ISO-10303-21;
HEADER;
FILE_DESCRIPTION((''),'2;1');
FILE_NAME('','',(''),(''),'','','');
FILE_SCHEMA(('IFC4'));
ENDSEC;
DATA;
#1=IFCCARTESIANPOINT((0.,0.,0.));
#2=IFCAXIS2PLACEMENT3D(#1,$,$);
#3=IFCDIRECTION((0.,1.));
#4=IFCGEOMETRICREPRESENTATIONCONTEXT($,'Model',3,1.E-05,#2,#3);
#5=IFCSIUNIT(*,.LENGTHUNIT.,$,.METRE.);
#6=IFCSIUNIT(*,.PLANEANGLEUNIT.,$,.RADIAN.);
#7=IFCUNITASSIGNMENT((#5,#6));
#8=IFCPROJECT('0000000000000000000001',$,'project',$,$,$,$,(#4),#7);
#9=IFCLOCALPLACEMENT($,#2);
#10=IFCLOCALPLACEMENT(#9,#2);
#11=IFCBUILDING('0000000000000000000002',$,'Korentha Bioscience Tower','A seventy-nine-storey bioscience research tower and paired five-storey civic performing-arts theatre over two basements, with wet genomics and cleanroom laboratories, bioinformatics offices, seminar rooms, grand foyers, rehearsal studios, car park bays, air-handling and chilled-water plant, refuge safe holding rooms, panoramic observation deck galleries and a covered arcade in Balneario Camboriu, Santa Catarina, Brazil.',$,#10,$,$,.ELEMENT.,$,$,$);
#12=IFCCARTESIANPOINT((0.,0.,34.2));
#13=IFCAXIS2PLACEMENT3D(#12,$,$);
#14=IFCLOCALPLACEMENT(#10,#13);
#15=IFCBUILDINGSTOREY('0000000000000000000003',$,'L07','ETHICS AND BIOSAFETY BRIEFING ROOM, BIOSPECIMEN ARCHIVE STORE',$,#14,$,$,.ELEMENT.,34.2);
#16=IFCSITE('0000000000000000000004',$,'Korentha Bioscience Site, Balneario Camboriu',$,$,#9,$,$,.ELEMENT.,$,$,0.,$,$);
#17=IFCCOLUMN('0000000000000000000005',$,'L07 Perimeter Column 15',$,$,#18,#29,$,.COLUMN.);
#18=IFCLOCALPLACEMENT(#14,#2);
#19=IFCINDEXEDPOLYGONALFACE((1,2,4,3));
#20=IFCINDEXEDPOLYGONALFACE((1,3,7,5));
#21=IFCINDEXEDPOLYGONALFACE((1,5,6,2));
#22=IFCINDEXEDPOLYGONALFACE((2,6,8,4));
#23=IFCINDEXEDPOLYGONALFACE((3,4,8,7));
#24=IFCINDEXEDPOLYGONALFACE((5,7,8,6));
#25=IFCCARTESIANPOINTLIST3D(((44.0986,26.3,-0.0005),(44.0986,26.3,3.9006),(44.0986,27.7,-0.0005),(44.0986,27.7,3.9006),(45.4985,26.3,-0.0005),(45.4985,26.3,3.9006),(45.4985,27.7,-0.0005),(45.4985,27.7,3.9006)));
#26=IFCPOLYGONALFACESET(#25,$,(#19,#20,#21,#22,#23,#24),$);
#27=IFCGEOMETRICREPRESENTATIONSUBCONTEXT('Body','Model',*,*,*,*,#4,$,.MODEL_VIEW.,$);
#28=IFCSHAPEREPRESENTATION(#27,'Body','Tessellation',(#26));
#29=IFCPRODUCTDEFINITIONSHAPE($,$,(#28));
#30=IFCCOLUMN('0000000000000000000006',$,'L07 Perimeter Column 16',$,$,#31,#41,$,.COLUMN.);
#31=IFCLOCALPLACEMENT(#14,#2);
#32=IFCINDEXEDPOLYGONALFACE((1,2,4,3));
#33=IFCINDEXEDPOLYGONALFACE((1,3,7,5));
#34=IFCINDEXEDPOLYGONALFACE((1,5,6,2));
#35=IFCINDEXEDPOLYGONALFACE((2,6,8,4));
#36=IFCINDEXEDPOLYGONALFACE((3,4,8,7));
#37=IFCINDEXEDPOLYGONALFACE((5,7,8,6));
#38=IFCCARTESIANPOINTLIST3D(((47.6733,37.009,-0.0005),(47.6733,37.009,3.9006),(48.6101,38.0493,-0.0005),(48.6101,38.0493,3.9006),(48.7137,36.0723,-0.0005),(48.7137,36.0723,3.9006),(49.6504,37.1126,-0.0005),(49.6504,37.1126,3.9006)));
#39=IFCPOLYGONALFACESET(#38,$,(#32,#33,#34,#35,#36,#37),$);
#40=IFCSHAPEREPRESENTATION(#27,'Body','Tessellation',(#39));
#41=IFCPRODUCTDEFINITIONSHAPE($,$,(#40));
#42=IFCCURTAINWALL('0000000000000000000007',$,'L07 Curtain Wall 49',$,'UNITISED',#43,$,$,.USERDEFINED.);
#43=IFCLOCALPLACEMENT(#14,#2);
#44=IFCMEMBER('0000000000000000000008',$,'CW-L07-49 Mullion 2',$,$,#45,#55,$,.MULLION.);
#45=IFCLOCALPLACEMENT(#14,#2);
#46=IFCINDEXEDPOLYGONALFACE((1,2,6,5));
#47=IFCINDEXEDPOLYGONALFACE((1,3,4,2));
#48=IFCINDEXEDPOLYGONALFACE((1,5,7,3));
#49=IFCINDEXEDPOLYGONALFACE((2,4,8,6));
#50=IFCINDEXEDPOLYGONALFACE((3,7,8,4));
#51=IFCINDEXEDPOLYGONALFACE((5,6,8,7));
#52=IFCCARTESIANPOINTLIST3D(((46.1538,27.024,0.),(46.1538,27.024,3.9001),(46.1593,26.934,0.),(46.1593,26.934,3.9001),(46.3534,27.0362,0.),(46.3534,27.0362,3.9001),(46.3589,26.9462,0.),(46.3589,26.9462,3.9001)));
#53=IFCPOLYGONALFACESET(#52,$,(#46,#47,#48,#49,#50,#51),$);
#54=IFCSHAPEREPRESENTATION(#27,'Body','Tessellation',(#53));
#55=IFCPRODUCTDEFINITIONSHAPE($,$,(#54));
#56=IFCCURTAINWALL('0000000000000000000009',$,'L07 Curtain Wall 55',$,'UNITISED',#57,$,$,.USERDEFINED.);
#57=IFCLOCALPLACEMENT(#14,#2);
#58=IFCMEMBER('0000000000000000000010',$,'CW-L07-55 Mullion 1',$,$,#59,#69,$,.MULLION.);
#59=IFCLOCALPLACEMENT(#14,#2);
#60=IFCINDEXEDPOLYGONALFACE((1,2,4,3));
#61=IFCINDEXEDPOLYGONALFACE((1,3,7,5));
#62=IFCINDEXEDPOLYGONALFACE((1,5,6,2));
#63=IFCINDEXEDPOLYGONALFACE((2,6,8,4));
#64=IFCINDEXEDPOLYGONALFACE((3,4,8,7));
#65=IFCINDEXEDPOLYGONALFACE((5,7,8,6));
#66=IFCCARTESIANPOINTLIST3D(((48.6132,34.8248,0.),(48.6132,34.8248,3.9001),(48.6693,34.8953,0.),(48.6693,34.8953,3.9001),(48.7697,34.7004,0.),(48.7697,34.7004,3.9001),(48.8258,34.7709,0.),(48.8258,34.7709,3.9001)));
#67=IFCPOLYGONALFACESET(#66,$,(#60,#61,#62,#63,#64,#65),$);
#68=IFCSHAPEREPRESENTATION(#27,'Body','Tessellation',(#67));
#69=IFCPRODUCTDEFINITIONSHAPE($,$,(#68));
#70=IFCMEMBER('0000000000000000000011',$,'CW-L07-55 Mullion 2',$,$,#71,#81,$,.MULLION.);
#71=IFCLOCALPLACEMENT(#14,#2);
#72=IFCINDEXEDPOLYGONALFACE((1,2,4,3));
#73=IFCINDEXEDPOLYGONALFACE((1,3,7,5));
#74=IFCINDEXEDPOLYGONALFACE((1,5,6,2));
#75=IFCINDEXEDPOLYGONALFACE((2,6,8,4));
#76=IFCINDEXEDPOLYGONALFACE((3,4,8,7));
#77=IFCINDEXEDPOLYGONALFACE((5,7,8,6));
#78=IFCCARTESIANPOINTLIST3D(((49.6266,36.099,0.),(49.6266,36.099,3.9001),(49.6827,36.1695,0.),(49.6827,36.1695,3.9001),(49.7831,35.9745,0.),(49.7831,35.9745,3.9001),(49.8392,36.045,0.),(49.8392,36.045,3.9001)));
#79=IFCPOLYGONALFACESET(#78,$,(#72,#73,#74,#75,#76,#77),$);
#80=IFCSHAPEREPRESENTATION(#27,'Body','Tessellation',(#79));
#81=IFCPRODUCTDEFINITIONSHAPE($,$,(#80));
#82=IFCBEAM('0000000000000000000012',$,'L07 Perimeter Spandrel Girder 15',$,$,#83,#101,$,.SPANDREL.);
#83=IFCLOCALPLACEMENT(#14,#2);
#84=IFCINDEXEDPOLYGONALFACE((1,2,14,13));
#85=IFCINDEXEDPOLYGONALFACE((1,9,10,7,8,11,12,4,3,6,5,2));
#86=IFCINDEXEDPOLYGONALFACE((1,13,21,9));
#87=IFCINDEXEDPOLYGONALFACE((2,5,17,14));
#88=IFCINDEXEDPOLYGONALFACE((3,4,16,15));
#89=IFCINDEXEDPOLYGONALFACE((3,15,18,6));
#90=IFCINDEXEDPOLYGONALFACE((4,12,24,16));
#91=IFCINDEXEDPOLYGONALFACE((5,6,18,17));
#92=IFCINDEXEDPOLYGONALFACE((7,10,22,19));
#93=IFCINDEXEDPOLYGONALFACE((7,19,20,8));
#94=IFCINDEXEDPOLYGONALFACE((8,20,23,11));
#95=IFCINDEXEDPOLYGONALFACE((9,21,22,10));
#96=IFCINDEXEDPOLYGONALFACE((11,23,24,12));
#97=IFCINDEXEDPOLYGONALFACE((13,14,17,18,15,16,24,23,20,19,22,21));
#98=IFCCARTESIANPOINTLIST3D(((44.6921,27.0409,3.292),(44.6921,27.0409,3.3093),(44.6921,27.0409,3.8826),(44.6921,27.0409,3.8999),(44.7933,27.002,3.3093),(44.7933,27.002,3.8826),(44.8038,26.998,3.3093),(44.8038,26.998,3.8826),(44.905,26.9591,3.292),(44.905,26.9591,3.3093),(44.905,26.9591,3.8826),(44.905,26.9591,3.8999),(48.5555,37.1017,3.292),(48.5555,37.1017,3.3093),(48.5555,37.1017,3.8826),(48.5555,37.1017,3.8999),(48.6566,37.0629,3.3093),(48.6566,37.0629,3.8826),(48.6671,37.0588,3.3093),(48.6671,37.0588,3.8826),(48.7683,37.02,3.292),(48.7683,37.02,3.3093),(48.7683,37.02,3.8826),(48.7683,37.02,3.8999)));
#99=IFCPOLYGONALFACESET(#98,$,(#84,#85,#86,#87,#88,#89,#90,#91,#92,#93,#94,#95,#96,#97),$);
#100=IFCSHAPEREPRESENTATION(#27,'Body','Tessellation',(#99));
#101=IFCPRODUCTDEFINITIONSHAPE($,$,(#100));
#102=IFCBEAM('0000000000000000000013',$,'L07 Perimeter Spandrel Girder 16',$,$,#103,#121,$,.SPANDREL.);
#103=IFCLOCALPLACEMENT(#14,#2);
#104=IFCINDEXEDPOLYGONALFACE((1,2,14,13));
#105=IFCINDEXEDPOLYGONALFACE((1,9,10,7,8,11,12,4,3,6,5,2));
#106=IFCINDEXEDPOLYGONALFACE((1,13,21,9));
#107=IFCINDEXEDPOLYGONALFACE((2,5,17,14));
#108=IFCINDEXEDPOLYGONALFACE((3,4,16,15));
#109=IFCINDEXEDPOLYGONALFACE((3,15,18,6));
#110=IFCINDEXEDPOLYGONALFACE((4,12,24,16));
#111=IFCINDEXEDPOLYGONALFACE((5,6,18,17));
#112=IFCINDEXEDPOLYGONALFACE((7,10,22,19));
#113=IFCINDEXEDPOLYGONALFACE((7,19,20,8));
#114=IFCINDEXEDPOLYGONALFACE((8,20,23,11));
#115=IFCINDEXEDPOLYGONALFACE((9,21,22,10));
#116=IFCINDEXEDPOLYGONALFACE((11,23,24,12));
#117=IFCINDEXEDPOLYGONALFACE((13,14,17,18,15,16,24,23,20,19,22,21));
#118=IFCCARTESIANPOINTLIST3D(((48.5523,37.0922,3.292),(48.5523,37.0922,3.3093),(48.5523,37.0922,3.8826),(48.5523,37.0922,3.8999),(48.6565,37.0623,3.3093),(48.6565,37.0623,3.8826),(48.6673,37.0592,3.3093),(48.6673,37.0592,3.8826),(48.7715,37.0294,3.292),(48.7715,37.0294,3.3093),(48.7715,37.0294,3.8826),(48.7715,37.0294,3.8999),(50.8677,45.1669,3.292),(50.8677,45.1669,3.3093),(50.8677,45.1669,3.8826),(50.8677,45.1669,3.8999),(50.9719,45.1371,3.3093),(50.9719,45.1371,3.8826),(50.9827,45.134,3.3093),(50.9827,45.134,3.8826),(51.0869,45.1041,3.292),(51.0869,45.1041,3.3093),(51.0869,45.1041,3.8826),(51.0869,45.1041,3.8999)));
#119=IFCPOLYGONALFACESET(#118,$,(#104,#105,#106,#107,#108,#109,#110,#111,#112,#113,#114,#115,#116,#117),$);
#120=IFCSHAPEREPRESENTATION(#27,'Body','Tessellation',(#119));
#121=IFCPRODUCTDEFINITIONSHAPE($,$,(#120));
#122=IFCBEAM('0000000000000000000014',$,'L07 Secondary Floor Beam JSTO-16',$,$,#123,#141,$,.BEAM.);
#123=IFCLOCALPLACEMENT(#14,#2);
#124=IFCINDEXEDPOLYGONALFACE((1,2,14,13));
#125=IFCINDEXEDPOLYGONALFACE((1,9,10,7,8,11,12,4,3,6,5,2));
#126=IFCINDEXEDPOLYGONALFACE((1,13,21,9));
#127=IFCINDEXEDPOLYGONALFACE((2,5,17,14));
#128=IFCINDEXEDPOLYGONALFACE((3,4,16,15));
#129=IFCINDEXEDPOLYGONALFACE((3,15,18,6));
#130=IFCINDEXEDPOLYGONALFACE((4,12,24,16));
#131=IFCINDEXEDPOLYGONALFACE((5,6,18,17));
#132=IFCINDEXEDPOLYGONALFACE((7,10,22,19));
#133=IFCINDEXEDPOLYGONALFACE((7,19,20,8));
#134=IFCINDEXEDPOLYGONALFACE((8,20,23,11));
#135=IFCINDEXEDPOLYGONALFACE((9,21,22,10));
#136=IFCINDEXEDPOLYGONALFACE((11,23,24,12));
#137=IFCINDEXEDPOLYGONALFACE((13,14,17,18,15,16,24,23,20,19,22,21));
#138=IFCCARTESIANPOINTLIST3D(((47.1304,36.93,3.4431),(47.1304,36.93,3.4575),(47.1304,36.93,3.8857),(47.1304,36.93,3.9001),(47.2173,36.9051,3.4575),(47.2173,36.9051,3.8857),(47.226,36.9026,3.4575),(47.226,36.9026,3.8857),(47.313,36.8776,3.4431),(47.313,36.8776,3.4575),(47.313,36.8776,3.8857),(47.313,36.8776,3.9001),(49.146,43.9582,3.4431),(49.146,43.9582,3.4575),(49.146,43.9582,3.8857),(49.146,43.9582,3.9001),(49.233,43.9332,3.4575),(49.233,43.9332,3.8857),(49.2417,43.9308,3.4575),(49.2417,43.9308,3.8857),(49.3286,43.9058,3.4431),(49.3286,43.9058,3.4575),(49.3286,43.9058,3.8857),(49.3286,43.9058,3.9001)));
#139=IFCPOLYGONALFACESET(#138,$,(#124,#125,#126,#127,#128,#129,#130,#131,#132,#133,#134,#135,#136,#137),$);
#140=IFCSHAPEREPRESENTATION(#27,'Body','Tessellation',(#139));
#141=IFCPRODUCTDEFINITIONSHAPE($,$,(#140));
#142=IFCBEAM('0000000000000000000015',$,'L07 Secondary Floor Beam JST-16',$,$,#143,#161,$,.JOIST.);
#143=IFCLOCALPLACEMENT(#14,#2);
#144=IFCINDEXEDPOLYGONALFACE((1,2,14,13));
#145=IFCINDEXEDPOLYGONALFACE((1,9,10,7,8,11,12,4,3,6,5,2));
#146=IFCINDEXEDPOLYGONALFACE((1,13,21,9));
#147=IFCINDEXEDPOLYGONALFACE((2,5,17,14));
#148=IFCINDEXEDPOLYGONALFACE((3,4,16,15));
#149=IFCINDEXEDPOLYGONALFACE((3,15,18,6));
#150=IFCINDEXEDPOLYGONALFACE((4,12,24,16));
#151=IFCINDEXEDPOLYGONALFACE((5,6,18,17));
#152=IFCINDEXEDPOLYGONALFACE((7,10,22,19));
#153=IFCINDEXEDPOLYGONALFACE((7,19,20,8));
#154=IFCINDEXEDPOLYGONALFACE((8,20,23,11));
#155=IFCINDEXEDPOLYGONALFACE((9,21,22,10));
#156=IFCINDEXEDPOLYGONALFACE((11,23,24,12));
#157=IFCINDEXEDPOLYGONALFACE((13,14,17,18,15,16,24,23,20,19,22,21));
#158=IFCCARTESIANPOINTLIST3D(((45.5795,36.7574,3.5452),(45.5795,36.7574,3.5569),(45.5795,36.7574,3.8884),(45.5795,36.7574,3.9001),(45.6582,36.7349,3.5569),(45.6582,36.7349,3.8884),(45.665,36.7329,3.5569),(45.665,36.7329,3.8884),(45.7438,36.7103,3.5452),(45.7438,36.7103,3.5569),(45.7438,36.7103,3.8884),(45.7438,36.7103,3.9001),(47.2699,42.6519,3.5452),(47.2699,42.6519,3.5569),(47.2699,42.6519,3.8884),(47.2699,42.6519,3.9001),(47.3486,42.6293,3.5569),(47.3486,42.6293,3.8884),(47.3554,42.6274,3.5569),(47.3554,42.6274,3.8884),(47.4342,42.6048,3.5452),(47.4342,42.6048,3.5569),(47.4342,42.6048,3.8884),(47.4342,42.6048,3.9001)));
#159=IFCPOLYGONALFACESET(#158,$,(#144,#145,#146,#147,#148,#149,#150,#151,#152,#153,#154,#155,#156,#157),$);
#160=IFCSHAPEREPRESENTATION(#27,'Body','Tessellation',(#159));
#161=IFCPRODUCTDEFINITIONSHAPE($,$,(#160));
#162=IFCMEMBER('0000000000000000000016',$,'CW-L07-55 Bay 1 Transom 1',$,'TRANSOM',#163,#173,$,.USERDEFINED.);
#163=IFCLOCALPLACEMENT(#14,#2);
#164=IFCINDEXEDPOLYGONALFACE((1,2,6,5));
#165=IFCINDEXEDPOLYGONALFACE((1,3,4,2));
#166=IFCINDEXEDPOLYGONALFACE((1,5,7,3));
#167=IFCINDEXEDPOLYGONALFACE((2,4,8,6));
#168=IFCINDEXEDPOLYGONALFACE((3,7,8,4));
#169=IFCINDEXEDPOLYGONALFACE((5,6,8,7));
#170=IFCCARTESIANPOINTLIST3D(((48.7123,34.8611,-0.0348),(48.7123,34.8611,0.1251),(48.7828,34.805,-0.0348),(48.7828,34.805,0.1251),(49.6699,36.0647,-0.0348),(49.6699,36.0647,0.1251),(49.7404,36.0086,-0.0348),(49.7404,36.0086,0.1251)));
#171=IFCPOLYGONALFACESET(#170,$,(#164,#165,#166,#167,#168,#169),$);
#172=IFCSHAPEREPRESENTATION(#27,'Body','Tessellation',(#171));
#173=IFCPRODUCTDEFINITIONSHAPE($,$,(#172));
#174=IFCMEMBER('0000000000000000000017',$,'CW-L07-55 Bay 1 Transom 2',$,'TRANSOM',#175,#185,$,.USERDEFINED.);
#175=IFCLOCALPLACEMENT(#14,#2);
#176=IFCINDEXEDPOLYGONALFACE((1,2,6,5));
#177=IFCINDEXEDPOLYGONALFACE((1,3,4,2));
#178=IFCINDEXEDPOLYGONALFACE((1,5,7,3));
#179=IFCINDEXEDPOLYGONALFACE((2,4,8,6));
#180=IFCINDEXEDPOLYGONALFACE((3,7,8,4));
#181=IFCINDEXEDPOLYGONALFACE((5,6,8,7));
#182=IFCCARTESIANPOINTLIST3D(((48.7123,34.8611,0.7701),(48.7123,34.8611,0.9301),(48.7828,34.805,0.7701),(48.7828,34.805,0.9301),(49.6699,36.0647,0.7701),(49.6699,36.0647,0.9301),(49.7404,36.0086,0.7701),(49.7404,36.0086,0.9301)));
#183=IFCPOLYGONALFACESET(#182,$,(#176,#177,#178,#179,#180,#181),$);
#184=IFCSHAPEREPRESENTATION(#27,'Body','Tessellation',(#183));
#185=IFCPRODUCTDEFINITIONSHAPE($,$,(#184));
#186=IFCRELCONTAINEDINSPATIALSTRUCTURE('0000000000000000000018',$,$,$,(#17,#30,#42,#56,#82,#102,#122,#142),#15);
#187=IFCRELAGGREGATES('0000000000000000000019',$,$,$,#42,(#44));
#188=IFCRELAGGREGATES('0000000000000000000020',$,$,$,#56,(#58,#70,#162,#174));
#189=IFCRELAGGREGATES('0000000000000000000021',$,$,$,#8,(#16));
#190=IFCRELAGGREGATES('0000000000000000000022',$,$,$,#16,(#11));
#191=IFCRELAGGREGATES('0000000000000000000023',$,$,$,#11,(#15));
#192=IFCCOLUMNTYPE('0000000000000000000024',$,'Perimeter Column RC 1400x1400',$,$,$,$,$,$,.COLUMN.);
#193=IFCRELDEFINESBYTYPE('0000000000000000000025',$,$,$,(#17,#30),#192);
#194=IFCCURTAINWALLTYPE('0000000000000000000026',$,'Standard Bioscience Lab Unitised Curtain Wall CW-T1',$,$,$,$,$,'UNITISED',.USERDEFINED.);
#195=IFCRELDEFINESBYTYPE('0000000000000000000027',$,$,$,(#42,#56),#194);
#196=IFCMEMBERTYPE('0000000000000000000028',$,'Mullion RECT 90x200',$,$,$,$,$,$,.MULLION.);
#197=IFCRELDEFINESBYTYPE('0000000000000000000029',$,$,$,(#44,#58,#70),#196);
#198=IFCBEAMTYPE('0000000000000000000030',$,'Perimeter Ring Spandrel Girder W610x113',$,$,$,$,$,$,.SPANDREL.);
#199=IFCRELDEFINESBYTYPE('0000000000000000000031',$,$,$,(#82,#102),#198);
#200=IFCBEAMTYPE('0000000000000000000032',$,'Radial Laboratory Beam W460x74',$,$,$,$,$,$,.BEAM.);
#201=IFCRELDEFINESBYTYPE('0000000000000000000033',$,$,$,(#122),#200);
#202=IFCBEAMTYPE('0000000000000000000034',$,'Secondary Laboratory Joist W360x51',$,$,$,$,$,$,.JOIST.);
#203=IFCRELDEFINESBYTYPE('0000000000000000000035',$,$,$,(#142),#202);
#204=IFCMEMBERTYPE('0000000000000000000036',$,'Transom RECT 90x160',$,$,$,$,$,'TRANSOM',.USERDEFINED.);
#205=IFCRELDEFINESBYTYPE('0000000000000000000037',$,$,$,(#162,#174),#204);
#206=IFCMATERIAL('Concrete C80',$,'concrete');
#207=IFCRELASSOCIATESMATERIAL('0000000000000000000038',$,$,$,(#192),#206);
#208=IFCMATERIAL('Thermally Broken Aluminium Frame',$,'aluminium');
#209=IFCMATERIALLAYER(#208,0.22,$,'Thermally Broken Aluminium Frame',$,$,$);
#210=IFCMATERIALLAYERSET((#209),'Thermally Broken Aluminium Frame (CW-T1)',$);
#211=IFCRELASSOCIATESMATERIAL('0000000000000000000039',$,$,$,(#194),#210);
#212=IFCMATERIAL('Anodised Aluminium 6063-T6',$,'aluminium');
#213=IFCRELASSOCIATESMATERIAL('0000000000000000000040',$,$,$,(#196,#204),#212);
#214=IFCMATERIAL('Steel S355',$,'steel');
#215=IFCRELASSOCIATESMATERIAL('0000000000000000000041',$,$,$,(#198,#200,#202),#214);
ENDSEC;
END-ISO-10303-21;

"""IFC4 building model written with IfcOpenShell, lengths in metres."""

from ifc_helpers import new_model, si_unit, direction, frame, origin, origin_2d, place, context, subcontext, project, spatial, rectangle, i_section, extrude, material, layer, layer_set, material_profile, profile_set, type_object, element, aggregate, save


model = new_model("IFC4")

# Units and contexts
model_context = context("Model", 3, precision=1e-05, world=origin(), true_north=direction((0.0, 1.0)))
body_context = subcontext(model_context, "Body", "Model", "MODEL_VIEW")
ifc_project = project(units=[si_unit("LENGTHUNIT", "METRE"), si_unit("PLANEANGLEUNIT", "RADIAN")], contexts=[model_context])

# Site, building, storey
site_placement = place(None, origin())
site = spatial("IfcSite", under=ifc_project, at=site_placement, Name="Korentha Bioscience Site, Balneario Camboriu", CompositionType="ELEMENT", RefElevation=0.0)
building_placement = place(site_placement, origin())
building = spatial("IfcBuilding", under=site, at=building_placement, Name="Korentha Bioscience Tower", Description="A seventy-nine-storey bioscience research tower and paired five-storey civic performing-arts theatre over two basements, with wet genomics and cleanroom laboratories, bioinformatics offices, seminar rooms, grand foyers, rehearsal studios, car park bays, air-handling and chilled-water plant, refuge safe holding rooms, panoramic observation deck galleries and a covered arcade in Balneario Camboriu, Santa Catarina, Brazil.", CompositionType="ELEMENT")
storey_placement = place(building_placement, frame((0.0, 0.0, 34.2)))
storey = spatial("IfcBuildingStorey", under=building, at=storey_placement, Name="L07", Description="ETHICS AND BIOSAFETY BRIEFING ROOM, BIOSPECIMEN ARCHIVE STORE", CompositionType="ELEMENT", Elevation=34.2)

# Columns
ifc_material_1 = material(Name="Concrete C80", Category="concrete")
ifc_material_profile_1 = material_profile(ifc_material_1, rectangle(XDim=1.3999, YDim=1.3999, at=origin_2d()), Name="Concrete C80")
ifc_profile_set_1 = profile_set([ifc_material_profile_1], Name="Concrete C80 (COL-P14)")
column_type = type_object("IfcColumnType", Name="Perimeter Column RC 1400x1400", PredefinedType="COLUMN", material=ifc_profile_set_1)
for number, where, z_axis, x_axis, name in (
    (1, (44.7986, 27.0, -0.0005), (0.0, 0.0, 1.0), (0.0, 1.0, 0.0), "L07 Perimeter Column 15"),
    (2, (48.6619, 37.0608, -0.0005), (0.0, 0.0, 1.0), (0.669131, 0.743145, 0.0), "L07 Perimeter Column 16"),
):
    element("IfcColumn", number, at=place(storey_placement, frame(where, z_axis=z_axis, x_axis=x_axis)), inside=storey, type_object=column_type, Name=name, PredefinedType="COLUMN", context=body_context, shape_type="SweptSolid", body=[
        extrude(rectangle(XDim=1.3999, YDim=1.3999, at=origin_2d()), origin(), (0.0, 0.0, 1.0), 3.9011),
    ])

# Curtain wall, member
ifc_material_2 = material(Name="Thermally Broken Aluminium Frame", Category="aluminium")
ifc_layer_1 = layer(ifc_material_2, 0.22, Name="Thermally Broken Aluminium Frame")
ifc_layer_set_1 = layer_set([ifc_layer_1], Name="Thermally Broken Aluminium Frame (CW-T1)")
curtain_wall_type = type_object("IfcCurtainWallType", Name="Standard Bioscience Lab Unitised Curtain Wall CW-T1", ElementType="UNITISED", PredefinedType="USERDEFINED", material=ifc_layer_set_1)
curtain_wall_1_placement = place(storey_placement, origin())
curtain_wall_1 = element("IfcCurtainWall", 3, at=curtain_wall_1_placement, inside=storey, type_object=curtain_wall_type, Name="L07 Curtain Wall 49", ObjectType="UNITISED", PredefinedType="USERDEFINED")
ifc_material_3 = material(Name="Anodised Aluminium 6063-T6", Category="aluminium")
ifc_material_profile_2 = material_profile(ifc_material_3, rectangle(XDim=0.0901, YDim=0.2, at=origin_2d()), Name="Anodised Aluminium 6063-T6")
ifc_profile_set_2 = profile_set([ifc_material_profile_2], Name="Anodised Aluminium 6063-T6 (CW-MUL)")
member_type_1 = type_object("IfcMemberType", Name="Mullion RECT 90x200", PredefinedType="MULLION", material=ifc_profile_set_2)
member_1_placement = place(storey_placement, frame((46.2563, 26.9851, 0.0), z_axis=(0.0, 0.0, 1.0), x_axis=(-0.061008, 0.998137, 0.0)))
member_1 = element("IfcMember", 4, at=member_1_placement, type_object=member_type_1, Name="CW-L07-49 Mullion 2", PredefinedType="MULLION", context=body_context, shape_type="SweptSolid", body=[
    extrude(rectangle(XDim=0.0901, YDim=0.2, at=origin_2d()), origin(), (0.0, 0.0, 1.0), 3.9001),
])
aggregate(curtain_wall_1, [member_1])

# Curtain wall, members
curtain_wall_2_placement = place(storey_placement, origin())
curtain_wall_2 = element("IfcCurtainWall", 5, at=curtain_wall_2_placement, inside=storey, type_object=curtain_wall_type, Name="L07 Curtain Wall 55", ObjectType="UNITISED", PredefinedType="USERDEFINED")
member_2_placement = place(storey_placement, frame((48.7195, 34.7979, 0.0), z_axis=(0.0, 0.0, 1.0), x_axis=(0.62252, 0.782604, 0.0)))
member_2 = element("IfcMember", 6, at=member_2_placement, type_object=member_type_1, Name="CW-L07-55 Mullion 1", PredefinedType="MULLION", context=body_context, shape_type="SweptSolid", body=[
    extrude(rectangle(XDim=0.0901, YDim=0.2, at=origin_2d()), origin(), (0.0, 0.0, 1.0), 3.9001),
])
member_3_placement = place(storey_placement, frame((49.7329, 36.072, 0.0), z_axis=(0.0, 0.0, 1.0), x_axis=(0.62252, 0.782604, 0.0)))
member_3 = element("IfcMember", 7, at=member_3_placement, type_object=member_type_1, Name="CW-L07-55 Mullion 2", PredefinedType="MULLION", context=body_context, shape_type="SweptSolid", body=[
    extrude(rectangle(XDim=0.0901, YDim=0.2, at=origin_2d()), origin(), (0.0, 0.0, 1.0), 3.9001),
])

# Beams
ifc_material_4 = material(Name="Steel S355", Category="steel")
ifc_material_profile_3 = material_profile(ifc_material_4, i_section(OverallWidth=0.228, OverallDepth=0.6079, WebThickness=0.0112, FlangeThickness=0.0173, at=origin_2d()), Name="Steel S355")
ifc_profile_set_3 = profile_set([ifc_material_profile_3], Name="Steel S355 (SB-610)")
beam_type_1 = type_object("IfcBeamType", Name="Perimeter Ring Spandrel Girder W610x113", PredefinedType="SPANDREL", material=ifc_profile_set_3)
beam_1_placement = place(storey_placement, frame((44.7986, 27.0, 3.5959), z_axis=(0.358474, 0.93354, 0.0), x_axis=(-0.93354, 0.358474, 0.0)))
element("IfcBeam", 8, at=beam_1_placement, inside=storey, type_object=beam_type_1, Name="L07 Perimeter Spandrel Girder 15", PredefinedType="SPANDREL", context=body_context, shape_type="SweptSolid", body=[
    extrude(i_section(OverallWidth=0.228, OverallDepth=0.6079, WebThickness=0.0112, FlangeThickness=0.0173, at=origin_2d()), origin(), (0.0, 0.0, 1.0), 10.7771),
])
beam_2_placement = place(storey_placement, frame((48.6619, 37.0608, 3.5959), z_axis=(0.275642, 0.96126, 0.0), x_axis=(-0.96126, 0.275642, 0.0)))
element("IfcBeam", 9, at=beam_2_placement, inside=storey, type_object=beam_type_1, Name="L07 Perimeter Spandrel Girder 16", PredefinedType="SPANDREL", context=body_context, shape_type="SweptSolid", body=[
    extrude(i_section(OverallWidth=0.228, OverallDepth=0.6079, WebThickness=0.0112, FlangeThickness=0.0173, at=origin_2d()), origin(), (0.0, 0.0, 1.0), 8.4001),
])
ifc_material_profile_4 = material_profile(ifc_material_4, i_section(OverallWidth=0.1899, OverallDepth=0.457, WebThickness=0.009, FlangeThickness=0.0144, at=origin_2d()), Name="Steel S355")
ifc_profile_set_4 = profile_set([ifc_material_profile_4], Name="Steel S355 (RB-460)")
beam_type_2 = type_object("IfcBeamType", Name="Radial Laboratory Beam W460x74", PredefinedType="BEAM", material=ifc_profile_set_4)
beam_3_placement = place(storey_placement, frame((47.2217, 36.9038, 3.6716), z_axis=(0.275682, 0.961249, 0.0), x_axis=(-0.961249, 0.275682, 0.0)))
element("IfcBeam", 10, at=beam_3_placement, inside=storey, type_object=beam_type_2, Name="L07 Secondary Floor Beam JSTO-16", PredefinedType="BEAM", context=body_context, shape_type="SweptSolid", body=[
    extrude(i_section(OverallWidth=0.1899, OverallDepth=0.457, WebThickness=0.009, FlangeThickness=0.0144, at=origin_2d()), origin(), (0.0, 0.0, 1.0), 7.3115),
])
ifc_material_profile_5 = material_profile(ifc_material_4, i_section(OverallWidth=0.1709, OverallDepth=0.355, WebThickness=0.0071, FlangeThickness=0.0117, at=origin_2d()), Name="Steel S355")
ifc_profile_set_5 = profile_set([ifc_material_profile_5], Name="Steel S355 (JB-360)")
beam_type_3 = type_object("IfcBeamType", Name="Secondary Laboratory Joist W360x51", PredefinedType="JOIST", material=ifc_profile_set_5)
beam_4_placement = place(storey_placement, frame((45.6616, 36.7339, 3.7227), z_axis=(0.275668, 0.961253, 0.0), x_axis=(-0.961253, 0.275668, 0.0)))
element("IfcBeam", 11, at=beam_4_placement, inside=storey, type_object=beam_type_3, Name="L07 Secondary Floor Beam JST-16", PredefinedType="JOIST", context=body_context, shape_type="SweptSolid", body=[
    extrude(i_section(OverallWidth=0.1709, OverallDepth=0.355, WebThickness=0.0071, FlangeThickness=0.0117, at=origin_2d()), origin(), (0.0, 0.0, 1.0), 6.1321),
])

# Members
ifc_material_profile_6 = material_profile(ifc_material_3, rectangle(XDim=0.0901, YDim=0.1599, at=origin_2d()), Name="Anodised Aluminium 6063-T6")
ifc_profile_set_6 = profile_set([ifc_material_profile_6], Name="Anodised Aluminium 6063-T6 (CW-TRN)")
member_type_2 = type_object("IfcMemberType", Name="Transom RECT 90x160", ElementType="TRANSOM", PredefinedType="USERDEFINED", material=ifc_profile_set_6)
member_4_placement = place(storey_placement, frame((48.7476, 34.833, 0.0452), z_axis=(0.622563, 0.782569, 0.0), x_axis=(-0.782569, 0.622563, 0.0)))
member_4 = element("IfcMember", 12, at=member_4_placement, type_object=member_type_2, Name="CW-L07-55 Bay 1 Transom 1", ObjectType="TRANSOM", PredefinedType="USERDEFINED", context=body_context, shape_type="SweptSolid", body=[
    extrude(rectangle(XDim=0.0901, YDim=0.1599, at=origin_2d()), origin(), (0.0, 0.0, 1.0), 1.5381),
])
member_5_placement = place(storey_placement, frame((48.7476, 34.833, 0.8501), z_axis=(0.622563, 0.782569, 0.0), x_axis=(-0.782569, 0.622563, 0.0)))
member_5 = element("IfcMember", 13, at=member_5_placement, type_object=member_type_2, Name="CW-L07-55 Bay 1 Transom 2", ObjectType="TRANSOM", PredefinedType="USERDEFINED", context=body_context, shape_type="SweptSolid", body=[
    extrude(rectangle(XDim=0.0901, YDim=0.1599, at=origin_2d()), origin(), (0.0, 0.0, 1.0), 1.5381),
])

aggregate(curtain_wall_2, [member_2, member_3, member_4, member_5])

save(model, "model.ifc")
